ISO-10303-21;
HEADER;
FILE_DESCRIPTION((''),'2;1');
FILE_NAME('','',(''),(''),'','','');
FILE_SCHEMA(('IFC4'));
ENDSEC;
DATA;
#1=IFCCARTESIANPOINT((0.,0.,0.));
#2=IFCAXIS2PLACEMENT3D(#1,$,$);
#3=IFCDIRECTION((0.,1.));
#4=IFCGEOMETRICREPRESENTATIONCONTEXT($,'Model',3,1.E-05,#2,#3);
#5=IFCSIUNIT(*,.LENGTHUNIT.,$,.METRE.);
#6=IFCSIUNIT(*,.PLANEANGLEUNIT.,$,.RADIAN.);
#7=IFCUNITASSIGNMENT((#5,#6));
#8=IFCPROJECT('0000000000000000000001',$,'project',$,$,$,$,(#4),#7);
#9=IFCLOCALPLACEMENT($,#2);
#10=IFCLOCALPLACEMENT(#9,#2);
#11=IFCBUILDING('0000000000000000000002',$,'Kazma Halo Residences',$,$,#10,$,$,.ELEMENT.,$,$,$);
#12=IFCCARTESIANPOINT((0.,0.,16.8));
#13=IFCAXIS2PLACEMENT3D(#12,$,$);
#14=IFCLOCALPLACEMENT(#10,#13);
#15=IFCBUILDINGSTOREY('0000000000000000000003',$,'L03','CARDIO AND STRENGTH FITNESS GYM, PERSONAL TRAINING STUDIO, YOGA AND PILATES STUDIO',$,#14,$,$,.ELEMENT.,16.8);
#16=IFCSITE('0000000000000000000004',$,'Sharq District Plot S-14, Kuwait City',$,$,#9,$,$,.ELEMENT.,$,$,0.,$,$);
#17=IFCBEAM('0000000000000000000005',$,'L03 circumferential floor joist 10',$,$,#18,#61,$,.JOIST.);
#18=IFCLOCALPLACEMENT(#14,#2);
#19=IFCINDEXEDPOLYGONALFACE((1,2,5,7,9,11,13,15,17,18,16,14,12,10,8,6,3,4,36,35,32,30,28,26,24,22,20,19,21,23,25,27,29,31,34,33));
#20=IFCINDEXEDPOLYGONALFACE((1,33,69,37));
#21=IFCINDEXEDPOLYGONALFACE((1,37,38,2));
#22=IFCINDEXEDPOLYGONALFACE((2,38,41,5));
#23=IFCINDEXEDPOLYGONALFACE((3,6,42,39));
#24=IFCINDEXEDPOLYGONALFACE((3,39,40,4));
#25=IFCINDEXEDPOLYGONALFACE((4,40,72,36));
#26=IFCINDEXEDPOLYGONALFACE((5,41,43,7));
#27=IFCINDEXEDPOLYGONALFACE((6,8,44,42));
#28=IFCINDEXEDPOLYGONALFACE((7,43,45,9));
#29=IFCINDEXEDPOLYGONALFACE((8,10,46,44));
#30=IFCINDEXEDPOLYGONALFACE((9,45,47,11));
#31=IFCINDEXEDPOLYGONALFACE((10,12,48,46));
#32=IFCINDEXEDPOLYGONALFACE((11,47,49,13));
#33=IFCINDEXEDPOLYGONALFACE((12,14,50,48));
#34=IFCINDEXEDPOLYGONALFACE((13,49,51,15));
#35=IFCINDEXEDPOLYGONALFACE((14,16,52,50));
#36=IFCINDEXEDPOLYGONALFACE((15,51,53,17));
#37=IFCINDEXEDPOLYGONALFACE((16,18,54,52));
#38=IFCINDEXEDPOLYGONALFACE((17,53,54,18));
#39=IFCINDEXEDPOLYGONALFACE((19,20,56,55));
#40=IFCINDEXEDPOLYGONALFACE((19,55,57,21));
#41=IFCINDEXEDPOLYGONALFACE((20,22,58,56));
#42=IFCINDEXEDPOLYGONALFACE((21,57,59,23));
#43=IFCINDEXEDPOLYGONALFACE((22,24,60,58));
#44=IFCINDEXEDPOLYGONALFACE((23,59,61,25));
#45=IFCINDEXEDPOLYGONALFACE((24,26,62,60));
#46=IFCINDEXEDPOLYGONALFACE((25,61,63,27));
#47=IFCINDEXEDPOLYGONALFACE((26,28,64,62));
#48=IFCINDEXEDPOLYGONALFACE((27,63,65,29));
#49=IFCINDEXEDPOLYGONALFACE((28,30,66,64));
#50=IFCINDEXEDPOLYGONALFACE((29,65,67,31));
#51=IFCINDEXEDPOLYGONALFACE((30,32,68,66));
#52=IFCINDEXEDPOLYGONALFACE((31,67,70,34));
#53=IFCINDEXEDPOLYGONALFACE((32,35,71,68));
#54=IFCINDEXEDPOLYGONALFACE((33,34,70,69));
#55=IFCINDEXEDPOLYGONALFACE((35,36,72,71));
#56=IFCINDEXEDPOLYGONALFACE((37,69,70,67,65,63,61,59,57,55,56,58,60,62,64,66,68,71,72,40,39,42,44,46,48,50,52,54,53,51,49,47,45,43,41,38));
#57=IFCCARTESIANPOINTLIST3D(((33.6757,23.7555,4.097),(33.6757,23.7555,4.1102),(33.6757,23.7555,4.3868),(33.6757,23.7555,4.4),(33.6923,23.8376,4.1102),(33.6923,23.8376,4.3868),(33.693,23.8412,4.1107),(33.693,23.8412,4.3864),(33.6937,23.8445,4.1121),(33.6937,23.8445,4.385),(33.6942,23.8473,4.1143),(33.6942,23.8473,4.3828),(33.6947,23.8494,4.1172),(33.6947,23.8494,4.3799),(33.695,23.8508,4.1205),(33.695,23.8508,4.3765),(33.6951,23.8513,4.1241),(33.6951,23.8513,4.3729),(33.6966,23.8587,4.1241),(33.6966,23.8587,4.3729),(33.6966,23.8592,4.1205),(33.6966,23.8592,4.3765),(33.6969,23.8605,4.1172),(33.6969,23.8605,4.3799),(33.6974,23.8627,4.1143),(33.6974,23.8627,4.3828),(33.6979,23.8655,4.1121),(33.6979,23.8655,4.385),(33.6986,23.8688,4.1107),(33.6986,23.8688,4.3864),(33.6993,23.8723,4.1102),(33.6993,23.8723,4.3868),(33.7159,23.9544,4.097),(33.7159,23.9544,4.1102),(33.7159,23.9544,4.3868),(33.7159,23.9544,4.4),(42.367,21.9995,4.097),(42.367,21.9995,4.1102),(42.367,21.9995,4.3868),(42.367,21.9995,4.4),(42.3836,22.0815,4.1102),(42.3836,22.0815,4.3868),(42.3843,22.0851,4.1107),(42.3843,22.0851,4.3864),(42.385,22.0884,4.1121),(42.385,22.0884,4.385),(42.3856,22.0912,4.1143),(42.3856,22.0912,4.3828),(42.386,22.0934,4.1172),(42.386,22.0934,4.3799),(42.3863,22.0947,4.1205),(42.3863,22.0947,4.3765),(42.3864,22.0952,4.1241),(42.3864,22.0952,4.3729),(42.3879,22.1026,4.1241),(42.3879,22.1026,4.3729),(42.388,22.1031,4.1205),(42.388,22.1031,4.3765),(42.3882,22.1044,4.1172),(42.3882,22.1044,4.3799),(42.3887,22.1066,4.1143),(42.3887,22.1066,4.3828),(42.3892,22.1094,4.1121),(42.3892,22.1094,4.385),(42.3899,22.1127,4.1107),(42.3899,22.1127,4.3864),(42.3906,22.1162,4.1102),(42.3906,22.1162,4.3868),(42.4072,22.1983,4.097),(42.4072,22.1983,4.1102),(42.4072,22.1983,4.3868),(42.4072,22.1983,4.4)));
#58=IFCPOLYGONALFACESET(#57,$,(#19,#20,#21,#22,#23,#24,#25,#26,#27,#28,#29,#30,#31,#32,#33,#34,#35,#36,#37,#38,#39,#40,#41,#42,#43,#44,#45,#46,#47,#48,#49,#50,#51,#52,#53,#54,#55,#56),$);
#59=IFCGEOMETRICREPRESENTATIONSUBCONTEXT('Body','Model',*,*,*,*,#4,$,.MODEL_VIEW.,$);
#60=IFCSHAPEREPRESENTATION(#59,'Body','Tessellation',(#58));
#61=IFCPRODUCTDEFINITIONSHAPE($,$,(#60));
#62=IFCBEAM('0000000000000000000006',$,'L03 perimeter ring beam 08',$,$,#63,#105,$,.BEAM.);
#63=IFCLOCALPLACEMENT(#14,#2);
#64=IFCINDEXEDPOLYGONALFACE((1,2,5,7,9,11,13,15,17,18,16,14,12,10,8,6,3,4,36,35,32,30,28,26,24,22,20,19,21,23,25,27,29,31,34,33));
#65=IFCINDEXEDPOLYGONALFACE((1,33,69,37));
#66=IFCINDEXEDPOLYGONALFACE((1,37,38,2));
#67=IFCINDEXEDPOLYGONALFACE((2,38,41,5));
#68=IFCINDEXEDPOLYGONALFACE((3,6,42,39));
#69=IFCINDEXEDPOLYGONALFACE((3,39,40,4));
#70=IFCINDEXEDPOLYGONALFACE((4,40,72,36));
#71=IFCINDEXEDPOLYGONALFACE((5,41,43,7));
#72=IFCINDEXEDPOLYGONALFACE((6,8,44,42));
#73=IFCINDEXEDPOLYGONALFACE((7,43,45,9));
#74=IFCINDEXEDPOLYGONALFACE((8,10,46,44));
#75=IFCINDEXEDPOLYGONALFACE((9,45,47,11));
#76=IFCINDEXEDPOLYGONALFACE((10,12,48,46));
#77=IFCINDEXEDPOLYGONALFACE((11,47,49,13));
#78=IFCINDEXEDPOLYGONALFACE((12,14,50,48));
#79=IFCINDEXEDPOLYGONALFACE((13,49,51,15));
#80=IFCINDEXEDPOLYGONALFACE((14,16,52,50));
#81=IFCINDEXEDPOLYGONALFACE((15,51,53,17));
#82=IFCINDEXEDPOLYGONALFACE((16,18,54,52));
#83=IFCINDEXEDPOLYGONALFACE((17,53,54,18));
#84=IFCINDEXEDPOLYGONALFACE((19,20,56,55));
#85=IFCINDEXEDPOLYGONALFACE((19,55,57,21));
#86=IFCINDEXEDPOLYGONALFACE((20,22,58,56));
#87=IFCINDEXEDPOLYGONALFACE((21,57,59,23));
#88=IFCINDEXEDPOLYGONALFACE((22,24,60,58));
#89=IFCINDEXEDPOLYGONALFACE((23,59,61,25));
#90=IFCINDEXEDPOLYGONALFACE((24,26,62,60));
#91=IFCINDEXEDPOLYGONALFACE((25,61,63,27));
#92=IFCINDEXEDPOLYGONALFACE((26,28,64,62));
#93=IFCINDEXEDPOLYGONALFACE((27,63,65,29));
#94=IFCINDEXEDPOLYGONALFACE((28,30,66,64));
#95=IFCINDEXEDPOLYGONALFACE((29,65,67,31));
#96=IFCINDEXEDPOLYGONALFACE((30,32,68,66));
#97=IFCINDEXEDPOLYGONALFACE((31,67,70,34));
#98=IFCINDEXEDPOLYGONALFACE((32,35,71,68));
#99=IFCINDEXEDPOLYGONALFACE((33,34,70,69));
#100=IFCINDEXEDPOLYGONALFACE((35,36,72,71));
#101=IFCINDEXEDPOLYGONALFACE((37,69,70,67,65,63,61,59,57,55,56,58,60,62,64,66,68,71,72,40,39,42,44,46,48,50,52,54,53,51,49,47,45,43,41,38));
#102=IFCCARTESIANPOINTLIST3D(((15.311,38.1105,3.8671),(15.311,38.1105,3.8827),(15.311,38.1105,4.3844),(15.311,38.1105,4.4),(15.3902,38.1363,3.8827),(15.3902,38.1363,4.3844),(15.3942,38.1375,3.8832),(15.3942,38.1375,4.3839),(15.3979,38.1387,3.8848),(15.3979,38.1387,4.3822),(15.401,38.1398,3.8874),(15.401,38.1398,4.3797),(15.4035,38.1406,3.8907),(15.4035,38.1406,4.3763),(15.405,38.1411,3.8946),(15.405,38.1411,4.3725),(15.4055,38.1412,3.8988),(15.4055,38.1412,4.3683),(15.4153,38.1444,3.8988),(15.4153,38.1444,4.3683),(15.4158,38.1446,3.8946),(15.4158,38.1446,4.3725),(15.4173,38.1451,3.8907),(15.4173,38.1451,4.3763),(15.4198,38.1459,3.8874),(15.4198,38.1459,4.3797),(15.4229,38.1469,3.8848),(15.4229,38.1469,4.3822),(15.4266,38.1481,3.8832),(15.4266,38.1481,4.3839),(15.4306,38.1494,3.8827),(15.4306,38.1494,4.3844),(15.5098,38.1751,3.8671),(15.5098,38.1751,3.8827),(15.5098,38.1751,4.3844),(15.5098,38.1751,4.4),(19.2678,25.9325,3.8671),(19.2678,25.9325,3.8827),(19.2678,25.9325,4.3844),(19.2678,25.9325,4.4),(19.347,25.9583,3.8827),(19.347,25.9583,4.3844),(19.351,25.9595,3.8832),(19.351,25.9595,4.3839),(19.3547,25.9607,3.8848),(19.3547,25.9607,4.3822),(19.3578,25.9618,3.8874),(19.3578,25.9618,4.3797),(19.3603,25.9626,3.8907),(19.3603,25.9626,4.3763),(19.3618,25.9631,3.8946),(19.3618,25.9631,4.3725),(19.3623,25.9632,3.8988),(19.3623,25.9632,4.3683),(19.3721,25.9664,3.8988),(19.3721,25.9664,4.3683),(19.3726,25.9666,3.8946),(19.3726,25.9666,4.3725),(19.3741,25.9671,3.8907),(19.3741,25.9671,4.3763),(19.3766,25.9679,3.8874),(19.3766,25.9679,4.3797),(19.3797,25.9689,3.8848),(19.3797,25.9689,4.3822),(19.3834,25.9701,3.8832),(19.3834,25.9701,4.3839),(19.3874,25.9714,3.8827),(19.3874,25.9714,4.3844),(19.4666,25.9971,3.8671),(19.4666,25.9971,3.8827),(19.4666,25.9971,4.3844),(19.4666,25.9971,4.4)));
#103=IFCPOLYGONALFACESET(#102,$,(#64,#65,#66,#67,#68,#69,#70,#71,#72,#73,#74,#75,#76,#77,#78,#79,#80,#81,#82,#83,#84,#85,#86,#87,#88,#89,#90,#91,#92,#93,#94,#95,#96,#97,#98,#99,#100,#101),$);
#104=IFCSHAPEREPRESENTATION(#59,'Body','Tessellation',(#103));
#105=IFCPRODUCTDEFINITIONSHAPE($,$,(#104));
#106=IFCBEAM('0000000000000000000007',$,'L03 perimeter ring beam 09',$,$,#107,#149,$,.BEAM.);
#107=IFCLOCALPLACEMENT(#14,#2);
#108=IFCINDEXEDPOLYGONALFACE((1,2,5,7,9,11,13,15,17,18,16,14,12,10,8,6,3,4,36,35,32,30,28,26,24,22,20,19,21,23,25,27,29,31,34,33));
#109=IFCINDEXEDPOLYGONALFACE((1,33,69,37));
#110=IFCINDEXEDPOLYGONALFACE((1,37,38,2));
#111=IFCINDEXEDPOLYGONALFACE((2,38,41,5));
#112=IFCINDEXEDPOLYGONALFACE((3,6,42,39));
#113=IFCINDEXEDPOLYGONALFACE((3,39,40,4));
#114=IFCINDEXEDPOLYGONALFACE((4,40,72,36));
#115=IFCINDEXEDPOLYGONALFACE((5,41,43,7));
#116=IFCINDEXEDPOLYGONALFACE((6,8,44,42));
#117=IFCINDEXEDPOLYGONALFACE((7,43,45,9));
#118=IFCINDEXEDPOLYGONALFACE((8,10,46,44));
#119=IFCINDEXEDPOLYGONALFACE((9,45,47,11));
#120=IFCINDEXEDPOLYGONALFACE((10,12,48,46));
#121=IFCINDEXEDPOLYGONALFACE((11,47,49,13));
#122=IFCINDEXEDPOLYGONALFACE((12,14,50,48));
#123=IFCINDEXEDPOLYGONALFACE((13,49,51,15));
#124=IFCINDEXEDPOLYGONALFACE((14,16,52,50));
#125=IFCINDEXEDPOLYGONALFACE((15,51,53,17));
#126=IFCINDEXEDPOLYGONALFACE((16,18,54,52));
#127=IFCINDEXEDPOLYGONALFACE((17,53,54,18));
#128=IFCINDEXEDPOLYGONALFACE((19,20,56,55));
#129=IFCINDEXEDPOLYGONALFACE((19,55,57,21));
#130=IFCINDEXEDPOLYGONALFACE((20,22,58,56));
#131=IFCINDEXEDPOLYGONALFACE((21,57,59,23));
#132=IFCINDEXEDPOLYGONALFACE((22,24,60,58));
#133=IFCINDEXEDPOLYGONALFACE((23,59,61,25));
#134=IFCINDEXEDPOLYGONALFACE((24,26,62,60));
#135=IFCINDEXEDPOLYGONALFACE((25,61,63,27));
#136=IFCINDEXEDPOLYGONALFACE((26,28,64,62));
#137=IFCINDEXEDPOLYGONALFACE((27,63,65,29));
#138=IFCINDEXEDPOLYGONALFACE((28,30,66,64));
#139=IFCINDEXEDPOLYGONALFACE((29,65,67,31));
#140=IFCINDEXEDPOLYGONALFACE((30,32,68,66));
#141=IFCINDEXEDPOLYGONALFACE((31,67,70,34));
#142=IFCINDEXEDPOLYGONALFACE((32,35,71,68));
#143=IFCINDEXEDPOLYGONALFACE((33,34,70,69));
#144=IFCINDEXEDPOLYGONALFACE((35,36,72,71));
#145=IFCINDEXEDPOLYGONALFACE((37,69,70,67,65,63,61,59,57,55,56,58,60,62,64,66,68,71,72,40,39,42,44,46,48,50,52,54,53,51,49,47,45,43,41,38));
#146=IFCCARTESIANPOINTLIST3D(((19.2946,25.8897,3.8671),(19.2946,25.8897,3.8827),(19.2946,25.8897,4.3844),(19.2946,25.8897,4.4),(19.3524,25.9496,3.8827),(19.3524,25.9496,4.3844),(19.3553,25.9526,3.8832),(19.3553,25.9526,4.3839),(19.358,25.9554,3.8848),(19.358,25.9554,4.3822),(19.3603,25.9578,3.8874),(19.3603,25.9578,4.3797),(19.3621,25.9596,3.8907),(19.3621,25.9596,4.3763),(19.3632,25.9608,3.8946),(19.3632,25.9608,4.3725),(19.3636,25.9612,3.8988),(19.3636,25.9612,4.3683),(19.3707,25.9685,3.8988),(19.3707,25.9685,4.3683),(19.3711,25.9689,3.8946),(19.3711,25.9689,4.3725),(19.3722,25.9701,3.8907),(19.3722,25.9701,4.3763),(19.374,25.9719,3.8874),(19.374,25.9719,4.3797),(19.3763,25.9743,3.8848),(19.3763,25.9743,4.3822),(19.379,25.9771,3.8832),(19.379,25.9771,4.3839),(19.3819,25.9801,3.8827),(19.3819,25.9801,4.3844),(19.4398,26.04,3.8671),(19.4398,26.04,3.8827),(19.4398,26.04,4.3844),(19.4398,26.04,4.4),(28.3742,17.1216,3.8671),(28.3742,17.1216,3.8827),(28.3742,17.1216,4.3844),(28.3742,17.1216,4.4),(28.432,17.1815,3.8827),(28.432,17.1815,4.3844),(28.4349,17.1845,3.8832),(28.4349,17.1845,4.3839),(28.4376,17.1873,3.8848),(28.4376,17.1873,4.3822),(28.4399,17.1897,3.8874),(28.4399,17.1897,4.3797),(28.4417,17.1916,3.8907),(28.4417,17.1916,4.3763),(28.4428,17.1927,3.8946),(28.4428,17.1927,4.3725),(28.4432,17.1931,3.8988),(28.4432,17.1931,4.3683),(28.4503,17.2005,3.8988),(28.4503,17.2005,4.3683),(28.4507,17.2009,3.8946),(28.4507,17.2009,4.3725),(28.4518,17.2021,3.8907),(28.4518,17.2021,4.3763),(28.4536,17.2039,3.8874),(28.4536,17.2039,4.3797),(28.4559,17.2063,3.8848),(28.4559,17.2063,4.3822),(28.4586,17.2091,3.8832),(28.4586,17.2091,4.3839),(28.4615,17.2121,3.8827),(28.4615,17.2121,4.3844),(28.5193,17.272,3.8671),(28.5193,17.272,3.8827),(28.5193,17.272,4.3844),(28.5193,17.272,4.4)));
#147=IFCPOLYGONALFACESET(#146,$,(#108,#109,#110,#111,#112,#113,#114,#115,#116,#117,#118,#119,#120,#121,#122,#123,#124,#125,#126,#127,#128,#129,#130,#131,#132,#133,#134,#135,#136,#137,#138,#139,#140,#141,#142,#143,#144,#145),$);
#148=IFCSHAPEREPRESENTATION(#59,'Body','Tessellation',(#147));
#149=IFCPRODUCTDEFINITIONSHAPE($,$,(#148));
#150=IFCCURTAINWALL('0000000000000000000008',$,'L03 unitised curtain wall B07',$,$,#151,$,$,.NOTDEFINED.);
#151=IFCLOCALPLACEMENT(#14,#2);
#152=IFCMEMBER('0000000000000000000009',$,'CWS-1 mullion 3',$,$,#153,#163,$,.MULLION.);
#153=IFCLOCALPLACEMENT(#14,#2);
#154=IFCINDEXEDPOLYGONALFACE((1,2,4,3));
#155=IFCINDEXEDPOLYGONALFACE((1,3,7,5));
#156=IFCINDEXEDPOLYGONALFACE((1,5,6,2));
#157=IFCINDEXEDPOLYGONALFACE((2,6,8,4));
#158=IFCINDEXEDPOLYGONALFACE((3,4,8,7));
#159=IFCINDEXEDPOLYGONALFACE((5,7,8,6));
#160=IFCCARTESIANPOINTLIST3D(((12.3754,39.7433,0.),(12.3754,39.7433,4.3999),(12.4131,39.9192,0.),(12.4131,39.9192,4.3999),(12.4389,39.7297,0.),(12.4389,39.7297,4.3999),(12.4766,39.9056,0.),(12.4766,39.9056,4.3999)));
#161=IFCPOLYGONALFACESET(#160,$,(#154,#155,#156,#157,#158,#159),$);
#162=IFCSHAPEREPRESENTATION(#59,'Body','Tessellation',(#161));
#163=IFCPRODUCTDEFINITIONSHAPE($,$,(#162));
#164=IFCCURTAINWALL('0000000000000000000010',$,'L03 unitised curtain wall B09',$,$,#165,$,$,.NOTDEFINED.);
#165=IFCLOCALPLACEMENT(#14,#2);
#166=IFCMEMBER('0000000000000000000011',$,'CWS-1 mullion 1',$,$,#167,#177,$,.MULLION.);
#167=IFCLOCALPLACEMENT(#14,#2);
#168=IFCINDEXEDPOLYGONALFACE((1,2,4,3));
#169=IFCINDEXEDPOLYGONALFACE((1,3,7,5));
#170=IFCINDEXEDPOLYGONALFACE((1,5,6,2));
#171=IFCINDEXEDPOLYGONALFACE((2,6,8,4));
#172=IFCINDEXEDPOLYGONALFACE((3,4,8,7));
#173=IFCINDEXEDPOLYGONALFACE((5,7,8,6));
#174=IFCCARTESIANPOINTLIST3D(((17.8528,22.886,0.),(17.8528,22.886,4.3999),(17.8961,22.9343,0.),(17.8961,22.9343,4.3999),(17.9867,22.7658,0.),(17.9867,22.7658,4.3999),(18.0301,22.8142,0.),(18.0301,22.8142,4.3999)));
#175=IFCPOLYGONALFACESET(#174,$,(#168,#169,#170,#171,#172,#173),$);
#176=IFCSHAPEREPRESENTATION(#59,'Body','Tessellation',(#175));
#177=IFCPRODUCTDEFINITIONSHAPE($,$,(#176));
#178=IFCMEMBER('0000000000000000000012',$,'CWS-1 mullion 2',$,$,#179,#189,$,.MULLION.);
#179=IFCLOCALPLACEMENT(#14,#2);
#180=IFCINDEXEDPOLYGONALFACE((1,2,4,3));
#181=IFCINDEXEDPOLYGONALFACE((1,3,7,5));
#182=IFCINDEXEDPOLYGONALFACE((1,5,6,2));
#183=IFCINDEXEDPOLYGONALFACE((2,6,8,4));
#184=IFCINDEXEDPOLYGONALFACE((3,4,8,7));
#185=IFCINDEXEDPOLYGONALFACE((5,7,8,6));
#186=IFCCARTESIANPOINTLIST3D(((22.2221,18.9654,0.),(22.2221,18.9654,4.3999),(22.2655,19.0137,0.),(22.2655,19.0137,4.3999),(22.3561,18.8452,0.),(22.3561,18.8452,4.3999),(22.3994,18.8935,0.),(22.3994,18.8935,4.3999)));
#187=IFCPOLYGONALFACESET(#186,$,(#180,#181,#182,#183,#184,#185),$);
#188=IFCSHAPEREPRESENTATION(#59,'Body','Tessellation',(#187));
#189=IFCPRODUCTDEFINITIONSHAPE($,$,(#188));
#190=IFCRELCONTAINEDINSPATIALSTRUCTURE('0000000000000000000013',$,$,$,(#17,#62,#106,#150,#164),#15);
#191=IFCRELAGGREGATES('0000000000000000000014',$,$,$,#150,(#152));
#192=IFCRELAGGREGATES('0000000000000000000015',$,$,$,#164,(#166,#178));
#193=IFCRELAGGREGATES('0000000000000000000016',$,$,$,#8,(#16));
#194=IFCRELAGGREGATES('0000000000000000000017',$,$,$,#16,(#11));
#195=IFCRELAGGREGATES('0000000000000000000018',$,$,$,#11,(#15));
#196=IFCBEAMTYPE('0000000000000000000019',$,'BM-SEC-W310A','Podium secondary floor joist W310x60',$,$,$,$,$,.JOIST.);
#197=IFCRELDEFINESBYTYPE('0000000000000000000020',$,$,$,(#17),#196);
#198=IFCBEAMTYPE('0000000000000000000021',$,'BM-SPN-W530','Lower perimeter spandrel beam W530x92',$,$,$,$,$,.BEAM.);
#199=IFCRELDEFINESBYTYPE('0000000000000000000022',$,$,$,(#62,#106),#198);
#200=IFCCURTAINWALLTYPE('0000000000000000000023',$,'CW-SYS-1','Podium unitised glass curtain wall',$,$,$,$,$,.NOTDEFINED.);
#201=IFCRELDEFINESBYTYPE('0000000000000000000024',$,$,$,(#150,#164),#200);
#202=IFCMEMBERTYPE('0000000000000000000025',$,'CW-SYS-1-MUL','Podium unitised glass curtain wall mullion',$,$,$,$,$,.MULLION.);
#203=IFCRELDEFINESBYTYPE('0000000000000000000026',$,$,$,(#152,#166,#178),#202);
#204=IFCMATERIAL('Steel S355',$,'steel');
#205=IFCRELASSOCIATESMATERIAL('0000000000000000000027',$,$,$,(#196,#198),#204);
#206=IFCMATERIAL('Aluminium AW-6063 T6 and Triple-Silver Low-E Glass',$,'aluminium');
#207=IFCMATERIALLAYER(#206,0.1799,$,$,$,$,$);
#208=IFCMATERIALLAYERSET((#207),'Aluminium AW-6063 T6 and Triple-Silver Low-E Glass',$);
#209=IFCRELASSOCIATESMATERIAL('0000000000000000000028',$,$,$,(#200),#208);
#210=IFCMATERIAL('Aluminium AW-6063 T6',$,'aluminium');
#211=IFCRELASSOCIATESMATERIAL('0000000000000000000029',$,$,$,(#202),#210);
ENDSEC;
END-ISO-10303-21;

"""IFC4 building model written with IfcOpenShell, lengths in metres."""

from ifc_helpers import new_model, si_unit, direction, frame, origin, origin_2d, place, context, subcontext, project, spatial, rectangle, i_section, extrude, material, layer, layer_set, material_profile, profile_set, type_object, element, aggregate, save


model = new_model("IFC4")

# Units and contexts
model_context = context("Model", 3, precision=1e-05, world=origin(), true_north=direction((0.0, 1.0)))
body_context = subcontext(model_context, "Body", "Model", "MODEL_VIEW")
ifc_project = project(units=[si_unit("LENGTHUNIT", "METRE"), si_unit("PLANEANGLEUNIT", "RADIAN")], contexts=[model_context])

# Site, building, storey
site_placement = place(None, origin())
site = spatial("IfcSite", under=ifc_project, at=site_placement, Name="Sharq District Plot S-14, Kuwait City", CompositionType="ELEMENT", RefElevation=0.0)
building_placement = place(site_placement, origin())
building = spatial("IfcBuilding", under=site, at=building_placement, Name="Kazma Halo Residences", CompositionType="ELEMENT")
storey_placement = place(building_placement, frame((0.0, 0.0, 16.8)))
storey = spatial("IfcBuildingStorey", under=building, at=storey_placement, Name="L03", Description="CARDIO AND STRENGTH FITNESS GYM, PERSONAL TRAINING STUDIO, YOGA AND PILATES STUDIO", CompositionType="ELEMENT", Elevation=16.8)

# Beams
ifc_material_1 = material(Name="Steel S355", Category="steel")
ifc_material_profile_1 = material_profile(ifc_material_1, i_section(OverallWidth=0.2029, OverallDepth=0.303, WebThickness=0.0076, FlangeThickness=0.0132, FilletRadius=0.0139, at=origin_2d()), Name="W310x60")
ifc_profile_set_1 = profile_set([ifc_material_profile_1], Name="Steel S355")
beam_type_1 = type_object("IfcBeamType", Name="BM-SEC-W310A", Description="Podium secondary floor joist W310x60", PredefinedType="JOIST", material=ifc_profile_set_1)
beam_1_placement = place(storey_placement, frame((33.6958, 23.855, 4.2485), z_axis=(0.980192, -0.198048, 0.0), x_axis=(0.198048, 0.980192, 0.0)))
element("IfcBeam", 1, at=beam_1_placement, inside=storey, type_object=beam_type_1, Name="L03 circumferential floor joist 10", PredefinedType="JOIST", context=body_context, shape_type="SweptSolid", body=[
    extrude(i_section(OverallWidth=0.2029, OverallDepth=0.303, WebThickness=0.0076, FlangeThickness=0.0132, FilletRadius=0.0139, at=origin_2d()), origin(), (0.0, 0.0, 1.0), 8.8669),
])
ifc_material_profile_2 = material_profile(ifc_material_1, i_section(OverallWidth=0.209, OverallDepth=0.533, WebThickness=0.0103, FlangeThickness=0.0156, FilletRadius=0.0161, at=origin_2d()), Name="W530x92")
ifc_profile_set_2 = profile_set([ifc_material_profile_2], Name="Steel S355")
beam_type_2 = type_object("IfcBeamType", Name="BM-SPN-W530", Description="Lower perimeter spandrel beam W530x92", PredefinedType="BEAM", material=ifc_profile_set_2)
beam_2_placement = place(storey_placement, frame((15.4104, 38.1428, 4.1335), z_axis=(0.309011, -0.951058, 0.0), x_axis=(0.951058, 0.309011, 0.0)))
element("IfcBeam", 2, at=beam_2_placement, inside=storey, type_object=beam_type_2, Name="L03 perimeter ring beam 08", PredefinedType="BEAM", context=body_context, shape_type="SweptSolid", body=[
    extrude(i_section(OverallWidth=0.209, OverallDepth=0.533, WebThickness=0.0103, FlangeThickness=0.0156, FilletRadius=0.0161, at=origin_2d()), origin(), (0.0, 0.0, 1.0), 12.8047),
])
beam_3_placement = place(storey_placement, frame((19.3672, 25.9648, 4.1335), z_axis=(0.719339, -0.694659, 0.0), x_axis=(0.694659, 0.719339, 0.0)))
element("IfcBeam", 3, at=beam_3_placement, inside=storey, type_object=beam_type_2, Name="L03 perimeter ring beam 09", PredefinedType="BEAM", context=body_context, shape_type="SweptSolid", body=[
    extrude(i_section(OverallWidth=0.209, OverallDepth=0.533, WebThickness=0.0103, FlangeThickness=0.0156, FilletRadius=0.0161, at=origin_2d()), origin(), (0.0, 0.0, 1.0), 12.6221),
])

# Curtain wall, member
ifc_material_2 = material(Name="Aluminium AW-6063 T6 and Triple-Silver Low-E Glass", Category="aluminium")
ifc_layer_1 = layer(ifc_material_2, 0.1799)
ifc_layer_set_1 = layer_set([ifc_layer_1], Name="Aluminium AW-6063 T6 and Triple-Silver Low-E Glass")
curtain_wall_type = type_object("IfcCurtainWallType", Name="CW-SYS-1", Description="Podium unitised glass curtain wall", PredefinedType="NOTDEFINED", material=ifc_layer_set_1)
curtain_wall_1_placement = place(storey_placement, origin())
curtain_wall_1 = element("IfcCurtainWall", 4, at=curtain_wall_1_placement, inside=storey, type_object=curtain_wall_type, Name="L03 unitised curtain wall B07", PredefinedType="NOTDEFINED")
ifc_material_3 = material(Name="Aluminium AW-6063 T6", Category="aluminium")
ifc_material_profile_3 = material_profile(ifc_material_3, rectangle(XDim=0.0649, YDim=0.1799, at=origin_2d()), Name="CWM-65x180")
ifc_profile_set_3 = profile_set([ifc_material_profile_3], Name="Aluminium AW-6063 T6")
member_type_1 = type_object("IfcMemberType", Name="CW-SYS-1-MUL", Description="Podium unitised glass curtain wall mullion", PredefinedType="MULLION", material=ifc_profile_set_3)
member_1_placement = place(storey_placement, frame((12.426, 39.8245, 0.0), z_axis=(0.0, 0.0, 1.0), x_axis=(0.977788, -0.209596, 0.0)))
member_1 = element("IfcMember", 5, at=member_1_placement, type_object=member_type_1, Name="CWS-1 mullion 3", PredefinedType="MULLION", context=body_context, shape_type="SweptSolid", body=[
    extrude(rectangle(XDim=0.0649, YDim=0.1799, at=origin_2d()), origin(), (0.0, 0.0, 1.0), 4.3999),
])
aggregate(curtain_wall_1, [member_1])

# Curtain wall, members
curtain_wall_2_placement = place(storey_placement, origin())
curtain_wall_2 = element("IfcCurtainWall", 6, at=curtain_wall_2_placement, inside=storey, type_object=curtain_wall_type, Name="L03 unitised curtain wall B09", PredefinedType="NOTDEFINED")
member_2_placement = place(storey_placement, frame((17.9414, 22.8501, 0.0), z_axis=(0.0, 0.0, 1.0), x_axis=(0.667848, 0.744298, 0.0)))
member_2 = element("IfcMember", 7, at=member_2_placement, type_object=member_type_1, Name="CWS-1 mullion 1", PredefinedType="MULLION", context=body_context, shape_type="SweptSolid", body=[
    extrude(rectangle(XDim=0.0649, YDim=0.1799, at=origin_2d()), origin(), (0.0, 0.0, 1.0), 4.3999),
])
member_3_placement = place(storey_placement, frame((22.3108, 18.9294, 0.0), z_axis=(0.0, 0.0, 1.0), x_axis=(0.667848, 0.744298, 0.0)))
member_3 = element("IfcMember", 8, at=member_3_placement, type_object=member_type_1, Name="CWS-1 mullion 2", PredefinedType="MULLION", context=body_context, shape_type="SweptSolid", body=[
    extrude(rectangle(XDim=0.0649, YDim=0.1799, at=origin_2d()), origin(), (0.0, 0.0, 1.0), 4.3999),
])
aggregate(curtain_wall_2, [member_2, member_3])

save(model, "model.ifc")
